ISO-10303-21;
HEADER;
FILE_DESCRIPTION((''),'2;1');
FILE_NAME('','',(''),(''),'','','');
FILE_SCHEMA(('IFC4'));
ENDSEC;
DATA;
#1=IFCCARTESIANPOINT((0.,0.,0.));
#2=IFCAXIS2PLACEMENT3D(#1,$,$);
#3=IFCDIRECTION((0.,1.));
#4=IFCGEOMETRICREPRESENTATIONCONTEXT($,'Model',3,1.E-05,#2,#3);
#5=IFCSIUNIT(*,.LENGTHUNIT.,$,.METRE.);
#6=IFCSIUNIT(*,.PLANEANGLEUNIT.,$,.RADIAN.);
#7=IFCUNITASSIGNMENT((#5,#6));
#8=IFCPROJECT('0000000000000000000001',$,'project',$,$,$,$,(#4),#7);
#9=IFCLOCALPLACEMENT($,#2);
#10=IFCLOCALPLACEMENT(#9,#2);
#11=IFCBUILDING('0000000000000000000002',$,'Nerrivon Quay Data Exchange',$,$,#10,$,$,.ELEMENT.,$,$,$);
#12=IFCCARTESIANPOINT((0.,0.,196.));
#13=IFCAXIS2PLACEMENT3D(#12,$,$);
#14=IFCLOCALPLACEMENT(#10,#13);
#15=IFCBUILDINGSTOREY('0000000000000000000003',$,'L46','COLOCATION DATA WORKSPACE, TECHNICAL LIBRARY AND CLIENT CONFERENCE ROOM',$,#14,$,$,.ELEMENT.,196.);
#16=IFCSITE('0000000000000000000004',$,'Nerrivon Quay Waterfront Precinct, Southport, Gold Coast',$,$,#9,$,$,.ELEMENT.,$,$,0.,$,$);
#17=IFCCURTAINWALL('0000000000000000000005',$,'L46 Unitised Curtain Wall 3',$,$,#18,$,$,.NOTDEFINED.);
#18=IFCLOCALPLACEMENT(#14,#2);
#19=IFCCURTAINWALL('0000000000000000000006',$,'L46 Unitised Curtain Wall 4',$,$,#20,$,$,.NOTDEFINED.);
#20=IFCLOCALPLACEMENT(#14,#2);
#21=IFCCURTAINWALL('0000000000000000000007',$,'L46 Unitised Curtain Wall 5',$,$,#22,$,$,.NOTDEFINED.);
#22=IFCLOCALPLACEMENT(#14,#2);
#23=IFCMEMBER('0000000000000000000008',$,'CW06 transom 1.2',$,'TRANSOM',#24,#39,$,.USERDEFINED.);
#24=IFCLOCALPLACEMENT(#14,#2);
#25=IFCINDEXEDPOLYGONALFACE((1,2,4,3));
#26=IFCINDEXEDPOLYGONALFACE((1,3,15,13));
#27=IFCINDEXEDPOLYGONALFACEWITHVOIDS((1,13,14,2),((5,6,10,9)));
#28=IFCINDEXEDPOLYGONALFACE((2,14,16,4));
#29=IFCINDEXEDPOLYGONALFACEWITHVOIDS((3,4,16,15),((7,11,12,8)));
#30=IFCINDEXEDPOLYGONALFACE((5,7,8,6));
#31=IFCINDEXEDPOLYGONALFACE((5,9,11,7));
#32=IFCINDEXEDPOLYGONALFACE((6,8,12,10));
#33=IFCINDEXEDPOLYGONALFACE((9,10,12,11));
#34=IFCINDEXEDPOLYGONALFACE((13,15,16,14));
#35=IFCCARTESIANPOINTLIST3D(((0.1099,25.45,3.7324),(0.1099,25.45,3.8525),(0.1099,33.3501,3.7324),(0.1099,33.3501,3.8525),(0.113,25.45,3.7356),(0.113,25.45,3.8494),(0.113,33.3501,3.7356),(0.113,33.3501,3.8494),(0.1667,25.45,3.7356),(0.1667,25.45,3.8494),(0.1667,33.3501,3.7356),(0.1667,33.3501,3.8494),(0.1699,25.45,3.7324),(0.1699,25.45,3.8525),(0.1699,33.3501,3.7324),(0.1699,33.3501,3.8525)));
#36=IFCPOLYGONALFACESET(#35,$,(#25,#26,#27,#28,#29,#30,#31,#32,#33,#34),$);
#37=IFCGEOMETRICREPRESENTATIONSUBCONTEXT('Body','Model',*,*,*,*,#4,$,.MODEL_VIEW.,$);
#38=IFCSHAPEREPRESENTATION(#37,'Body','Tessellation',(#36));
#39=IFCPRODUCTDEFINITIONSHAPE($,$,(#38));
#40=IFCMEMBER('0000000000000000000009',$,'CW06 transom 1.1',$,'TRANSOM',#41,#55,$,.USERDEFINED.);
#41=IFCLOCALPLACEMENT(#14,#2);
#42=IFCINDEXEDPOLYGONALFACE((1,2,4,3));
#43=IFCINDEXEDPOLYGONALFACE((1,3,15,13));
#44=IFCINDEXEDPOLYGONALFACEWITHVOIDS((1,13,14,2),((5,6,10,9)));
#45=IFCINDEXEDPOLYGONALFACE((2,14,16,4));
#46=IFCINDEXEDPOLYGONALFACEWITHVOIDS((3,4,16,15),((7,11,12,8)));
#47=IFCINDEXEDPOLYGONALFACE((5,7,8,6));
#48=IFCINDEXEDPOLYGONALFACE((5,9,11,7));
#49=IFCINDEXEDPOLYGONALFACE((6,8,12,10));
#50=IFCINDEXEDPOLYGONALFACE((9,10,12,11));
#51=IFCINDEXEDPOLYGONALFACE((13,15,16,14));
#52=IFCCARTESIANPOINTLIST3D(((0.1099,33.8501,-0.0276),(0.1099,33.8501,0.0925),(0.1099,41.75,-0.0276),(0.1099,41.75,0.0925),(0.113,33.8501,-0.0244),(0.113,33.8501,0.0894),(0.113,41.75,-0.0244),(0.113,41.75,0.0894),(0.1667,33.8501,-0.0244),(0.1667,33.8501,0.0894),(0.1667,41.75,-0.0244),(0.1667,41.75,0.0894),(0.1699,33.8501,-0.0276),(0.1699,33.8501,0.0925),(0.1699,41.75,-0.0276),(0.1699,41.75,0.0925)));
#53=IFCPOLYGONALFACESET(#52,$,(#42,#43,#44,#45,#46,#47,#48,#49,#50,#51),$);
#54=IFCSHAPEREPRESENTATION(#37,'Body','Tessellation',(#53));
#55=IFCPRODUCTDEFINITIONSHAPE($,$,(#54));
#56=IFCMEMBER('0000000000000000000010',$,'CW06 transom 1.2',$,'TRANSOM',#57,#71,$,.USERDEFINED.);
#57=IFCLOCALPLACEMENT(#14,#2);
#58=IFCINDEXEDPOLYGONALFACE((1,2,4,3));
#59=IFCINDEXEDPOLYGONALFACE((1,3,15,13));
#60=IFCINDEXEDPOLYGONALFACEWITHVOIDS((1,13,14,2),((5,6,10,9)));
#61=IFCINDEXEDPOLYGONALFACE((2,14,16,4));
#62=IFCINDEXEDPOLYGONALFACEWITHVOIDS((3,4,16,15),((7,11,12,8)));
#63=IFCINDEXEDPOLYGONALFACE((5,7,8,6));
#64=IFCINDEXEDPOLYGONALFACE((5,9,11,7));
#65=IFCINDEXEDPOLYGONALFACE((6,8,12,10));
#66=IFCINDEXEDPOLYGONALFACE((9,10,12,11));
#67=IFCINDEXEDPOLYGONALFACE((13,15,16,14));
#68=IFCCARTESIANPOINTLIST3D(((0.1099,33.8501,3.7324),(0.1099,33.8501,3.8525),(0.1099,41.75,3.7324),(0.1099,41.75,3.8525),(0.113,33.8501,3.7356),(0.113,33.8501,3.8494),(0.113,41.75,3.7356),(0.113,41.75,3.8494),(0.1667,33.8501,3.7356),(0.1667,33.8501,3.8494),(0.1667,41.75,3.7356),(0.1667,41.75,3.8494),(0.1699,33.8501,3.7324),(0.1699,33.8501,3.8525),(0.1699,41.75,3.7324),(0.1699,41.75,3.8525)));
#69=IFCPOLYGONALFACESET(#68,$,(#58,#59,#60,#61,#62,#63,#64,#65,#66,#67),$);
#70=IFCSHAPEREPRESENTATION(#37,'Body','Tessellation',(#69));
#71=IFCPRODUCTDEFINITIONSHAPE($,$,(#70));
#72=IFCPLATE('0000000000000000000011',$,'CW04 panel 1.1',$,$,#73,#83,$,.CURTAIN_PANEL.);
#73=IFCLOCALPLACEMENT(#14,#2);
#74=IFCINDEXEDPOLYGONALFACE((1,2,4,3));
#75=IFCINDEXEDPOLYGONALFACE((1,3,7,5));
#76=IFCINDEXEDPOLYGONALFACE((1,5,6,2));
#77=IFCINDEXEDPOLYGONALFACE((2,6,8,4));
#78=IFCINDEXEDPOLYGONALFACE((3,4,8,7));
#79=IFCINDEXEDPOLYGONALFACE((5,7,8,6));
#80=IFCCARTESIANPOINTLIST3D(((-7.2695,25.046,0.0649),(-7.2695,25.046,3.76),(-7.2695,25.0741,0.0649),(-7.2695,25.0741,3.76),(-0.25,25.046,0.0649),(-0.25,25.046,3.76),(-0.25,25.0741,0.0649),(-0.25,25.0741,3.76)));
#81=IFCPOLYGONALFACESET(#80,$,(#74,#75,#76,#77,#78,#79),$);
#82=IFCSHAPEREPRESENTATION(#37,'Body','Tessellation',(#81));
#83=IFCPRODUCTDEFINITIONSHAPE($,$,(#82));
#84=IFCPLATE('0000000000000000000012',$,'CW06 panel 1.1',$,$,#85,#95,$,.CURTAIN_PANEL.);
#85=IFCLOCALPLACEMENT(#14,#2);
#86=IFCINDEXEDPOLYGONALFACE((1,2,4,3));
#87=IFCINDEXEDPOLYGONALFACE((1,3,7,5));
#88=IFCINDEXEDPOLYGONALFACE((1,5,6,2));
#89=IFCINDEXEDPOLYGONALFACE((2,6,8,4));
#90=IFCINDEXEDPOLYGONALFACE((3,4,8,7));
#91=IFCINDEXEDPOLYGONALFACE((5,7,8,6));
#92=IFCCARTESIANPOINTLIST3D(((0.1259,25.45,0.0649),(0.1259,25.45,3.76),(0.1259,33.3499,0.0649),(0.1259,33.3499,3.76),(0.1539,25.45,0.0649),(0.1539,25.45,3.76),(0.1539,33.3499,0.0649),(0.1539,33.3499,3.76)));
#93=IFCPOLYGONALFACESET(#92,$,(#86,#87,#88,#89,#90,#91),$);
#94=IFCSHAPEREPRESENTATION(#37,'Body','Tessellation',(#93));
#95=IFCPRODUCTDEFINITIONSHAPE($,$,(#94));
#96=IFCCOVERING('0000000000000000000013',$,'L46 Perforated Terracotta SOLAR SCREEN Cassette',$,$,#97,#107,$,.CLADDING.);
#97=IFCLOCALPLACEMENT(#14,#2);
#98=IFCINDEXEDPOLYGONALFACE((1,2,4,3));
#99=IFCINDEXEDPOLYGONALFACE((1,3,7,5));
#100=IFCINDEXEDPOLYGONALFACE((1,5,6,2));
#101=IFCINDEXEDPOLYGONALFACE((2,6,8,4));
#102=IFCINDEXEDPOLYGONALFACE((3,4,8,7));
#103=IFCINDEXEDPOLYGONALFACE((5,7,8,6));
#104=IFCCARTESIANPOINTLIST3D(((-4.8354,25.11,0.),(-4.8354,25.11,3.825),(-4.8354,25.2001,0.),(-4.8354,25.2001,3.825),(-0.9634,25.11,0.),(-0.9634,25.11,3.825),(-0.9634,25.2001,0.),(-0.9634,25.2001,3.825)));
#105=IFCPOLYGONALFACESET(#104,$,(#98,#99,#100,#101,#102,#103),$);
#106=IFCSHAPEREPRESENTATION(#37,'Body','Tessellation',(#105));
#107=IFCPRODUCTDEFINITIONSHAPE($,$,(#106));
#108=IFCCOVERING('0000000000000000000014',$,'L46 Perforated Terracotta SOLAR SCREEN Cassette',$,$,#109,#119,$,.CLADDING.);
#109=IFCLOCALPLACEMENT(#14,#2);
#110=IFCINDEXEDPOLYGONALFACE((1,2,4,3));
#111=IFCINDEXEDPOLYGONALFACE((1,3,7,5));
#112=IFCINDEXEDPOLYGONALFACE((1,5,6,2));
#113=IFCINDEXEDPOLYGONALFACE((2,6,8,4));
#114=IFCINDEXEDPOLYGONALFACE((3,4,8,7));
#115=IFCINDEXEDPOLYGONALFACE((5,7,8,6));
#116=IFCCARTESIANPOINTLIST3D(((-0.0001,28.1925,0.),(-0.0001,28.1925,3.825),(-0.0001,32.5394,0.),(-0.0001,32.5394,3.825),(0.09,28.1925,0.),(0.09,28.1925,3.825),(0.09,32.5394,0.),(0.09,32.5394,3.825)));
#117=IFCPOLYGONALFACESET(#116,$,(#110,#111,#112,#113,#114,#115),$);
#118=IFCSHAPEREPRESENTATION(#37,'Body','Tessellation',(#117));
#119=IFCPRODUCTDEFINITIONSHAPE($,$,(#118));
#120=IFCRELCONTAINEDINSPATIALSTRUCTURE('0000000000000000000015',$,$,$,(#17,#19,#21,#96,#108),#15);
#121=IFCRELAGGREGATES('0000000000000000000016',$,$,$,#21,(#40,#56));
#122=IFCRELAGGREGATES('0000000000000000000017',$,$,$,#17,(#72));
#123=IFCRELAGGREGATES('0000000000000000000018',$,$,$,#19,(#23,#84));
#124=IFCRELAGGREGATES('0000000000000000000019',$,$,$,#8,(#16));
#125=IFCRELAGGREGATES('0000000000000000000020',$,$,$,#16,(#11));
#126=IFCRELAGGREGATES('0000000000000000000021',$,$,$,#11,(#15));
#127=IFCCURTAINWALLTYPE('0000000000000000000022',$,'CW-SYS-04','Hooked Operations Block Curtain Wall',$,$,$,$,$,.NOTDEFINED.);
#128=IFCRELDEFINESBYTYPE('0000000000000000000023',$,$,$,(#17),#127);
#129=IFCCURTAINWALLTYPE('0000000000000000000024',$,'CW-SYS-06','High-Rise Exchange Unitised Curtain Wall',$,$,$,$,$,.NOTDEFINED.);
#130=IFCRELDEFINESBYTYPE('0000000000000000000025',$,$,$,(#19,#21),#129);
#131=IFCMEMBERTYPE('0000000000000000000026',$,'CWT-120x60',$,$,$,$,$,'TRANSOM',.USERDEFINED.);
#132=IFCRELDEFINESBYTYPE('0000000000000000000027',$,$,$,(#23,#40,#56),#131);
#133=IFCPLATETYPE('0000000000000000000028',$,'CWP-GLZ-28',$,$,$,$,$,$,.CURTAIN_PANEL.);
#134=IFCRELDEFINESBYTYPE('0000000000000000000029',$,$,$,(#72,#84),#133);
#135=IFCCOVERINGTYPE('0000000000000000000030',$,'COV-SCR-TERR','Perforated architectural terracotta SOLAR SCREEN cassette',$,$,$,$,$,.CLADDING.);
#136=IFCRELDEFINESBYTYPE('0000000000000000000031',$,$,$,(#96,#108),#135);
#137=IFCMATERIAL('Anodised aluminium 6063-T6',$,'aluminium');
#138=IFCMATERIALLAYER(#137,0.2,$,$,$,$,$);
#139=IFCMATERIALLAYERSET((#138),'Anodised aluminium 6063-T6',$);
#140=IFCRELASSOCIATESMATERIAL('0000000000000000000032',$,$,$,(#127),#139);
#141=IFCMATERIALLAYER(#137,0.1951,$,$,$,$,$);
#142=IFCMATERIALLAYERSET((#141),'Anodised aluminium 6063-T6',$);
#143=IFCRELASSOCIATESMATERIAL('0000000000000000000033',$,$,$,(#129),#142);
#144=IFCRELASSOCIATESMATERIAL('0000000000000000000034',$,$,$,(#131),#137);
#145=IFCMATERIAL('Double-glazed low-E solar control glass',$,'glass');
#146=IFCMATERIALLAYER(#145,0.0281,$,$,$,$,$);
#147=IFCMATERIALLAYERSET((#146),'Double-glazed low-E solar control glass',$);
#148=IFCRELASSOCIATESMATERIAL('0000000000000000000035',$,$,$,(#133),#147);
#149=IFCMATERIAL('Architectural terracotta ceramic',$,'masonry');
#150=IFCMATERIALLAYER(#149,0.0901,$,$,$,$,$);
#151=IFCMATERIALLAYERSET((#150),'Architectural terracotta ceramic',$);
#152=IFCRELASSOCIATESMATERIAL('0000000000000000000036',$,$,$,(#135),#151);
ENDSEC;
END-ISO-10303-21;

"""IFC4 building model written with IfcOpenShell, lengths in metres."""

from ifc_helpers import new_model, si_unit, direction, frame, origin, origin_2d, place, context, subcontext, project, spatial, rectangle, hollow_rectangle, extrude, material, layer, layer_set, material_profile, profile_set, type_object, element, aggregate, save


model = new_model("IFC4")

# Units and contexts
model_context = context("Model", 3, precision=1e-05, world=origin(), true_north=direction((0.0, 1.0)))
body_context = subcontext(model_context, "Body", "Model", "MODEL_VIEW")
ifc_project = project(units=[si_unit("LENGTHUNIT", "METRE"), si_unit("PLANEANGLEUNIT", "RADIAN")], contexts=[model_context])

# Site, building, storey
site_placement = place(None, origin())
site = spatial("IfcSite", under=ifc_project, at=site_placement, Name="Nerrivon Quay Waterfront Precinct, Southport, Gold Coast", CompositionType="ELEMENT", RefElevation=0.0)
building_placement = place(site_placement, origin())
building = spatial("IfcBuilding", under=site, at=building_placement, Name="Nerrivon Quay Data Exchange", CompositionType="ELEMENT")
storey_placement = place(building_placement, frame((0.0, 0.0, 196.0)))
storey = spatial("IfcBuildingStorey", under=building, at=storey_placement, Name="L46", Description="COLOCATION DATA WORKSPACE, TECHNICAL LIBRARY AND CLIENT CONFERENCE ROOM", CompositionType="ELEMENT", Elevation=196.0)

# Curtain walls
ifc_material_1 = material(Name="Anodised aluminium 6063-T6", Category="aluminium")
ifc_layer_1 = layer(ifc_material_1, 0.2)
ifc_layer_set_1 = layer_set([ifc_layer_1], Name="Anodised aluminium 6063-T6")
curtain_wall_type_1 = type_object("IfcCurtainWallType", Name="CW-SYS-04", Description="Hooked Operations Block Curtain Wall", PredefinedType="NOTDEFINED", material=ifc_layer_set_1)
curtain_wall_1_placement = place(storey_placement, origin())
curtain_wall_1 = element("IfcCurtainWall", 1, at=curtain_wall_1_placement, inside=storey, type_object=curtain_wall_type_1, Name="L46 Unitised Curtain Wall 3", PredefinedType="NOTDEFINED")
ifc_layer_2 = layer(ifc_material_1, 0.1951)
ifc_layer_set_2 = layer_set([ifc_layer_2], Name="Anodised aluminium 6063-T6")
curtain_wall_type_2 = type_object("IfcCurtainWallType", Name="CW-SYS-06", Description="High-Rise Exchange Unitised Curtain Wall", PredefinedType="NOTDEFINED", material=ifc_layer_set_2)
curtain_wall_2_placement = place(storey_placement, origin())
curtain_wall_2 = element("IfcCurtainWall", 2, at=curtain_wall_2_placement, inside=storey, type_object=curtain_wall_type_2, Name="L46 Unitised Curtain Wall 4", PredefinedType="NOTDEFINED")

# Curtain wall
curtain_wall_3_placement = place(storey_placement, origin())
curtain_wall_3 = element("IfcCurtainWall", 3, at=curtain_wall_3_placement, inside=storey, type_object=curtain_wall_type_2, Name="L46 Unitised Curtain Wall 5", PredefinedType="NOTDEFINED")

# Members
ifc_material_profile_1 = material_profile(ifc_material_1, hollow_rectangle(XDim=0.0601, YDim=0.1201, WallThickness=0.0032, at=origin_2d()), Name="ALU-TRAN-120x60")
ifc_profile_set_1 = profile_set([ifc_material_profile_1], Name="Anodised aluminium 6063-T6")
member_type_1 = type_object("IfcMemberType", Name="CWT-120x60", ElementType="TRANSOM", PredefinedType="USERDEFINED", material=ifc_profile_set_1)
member_1_placement = place(storey_placement, frame((0.1399, 25.45, 3.7925), z_axis=(0.0, 1.0, 0.0), x_axis=(-1.0, 0.0, 0.0)))
member_1 = element("IfcMember", 4, at=member_1_placement, type_object=member_type_1, Name="CW06 transom 1.2", ObjectType="TRANSOM", PredefinedType="USERDEFINED", context=body_context, shape_type="SweptSolid", body=[
    extrude(hollow_rectangle(XDim=0.0601, YDim=0.1201, WallThickness=0.0032, at=origin_2d()), origin(), (0.0, 0.0, 1.0), 7.9001),
])
member_2_placement = place(storey_placement, frame((0.1399, 33.8501, 0.0325), z_axis=(0.0, 1.0, 0.0), x_axis=(-1.0, 0.0, 0.0)))
member_2 = element("IfcMember", 5, at=member_2_placement, type_object=member_type_1, Name="CW06 transom 1.1", ObjectType="TRANSOM", PredefinedType="USERDEFINED", context=body_context, shape_type="SweptSolid", body=[
    extrude(hollow_rectangle(XDim=0.0601, YDim=0.1201, WallThickness=0.0032, at=origin_2d()), origin(), (0.0, 0.0, 1.0), 7.8999),
])
member_3_placement = place(storey_placement, frame((0.1399, 33.8501, 3.7925), z_axis=(0.0, 1.0, 0.0), x_axis=(-1.0, 0.0, 0.0)))
member_3 = element("IfcMember", 6, at=member_3_placement, type_object=member_type_1, Name="CW06 transom 1.2", ObjectType="TRANSOM", PredefinedType="USERDEFINED", context=body_context, shape_type="SweptSolid", body=[
    extrude(hollow_rectangle(XDim=0.0601, YDim=0.1201, WallThickness=0.0032, at=origin_2d()), origin(), (0.0, 0.0, 1.0), 7.8999),
])
aggregate(curtain_wall_3, [member_2, member_3])

# Plates
ifc_material_2 = material(Name="Double-glazed low-E solar control glass", Category="glass")
ifc_layer_3 = layer(ifc_material_2, 0.0281)
ifc_layer_set_3 = layer_set([ifc_layer_3], Name="Double-glazed low-E solar control glass")
plate_type = type_object("IfcPlateType", Name="CWP-GLZ-28", PredefinedType="CURTAIN_PANEL", material=ifc_layer_set_3)
plate_1_placement = place(storey_placement, frame((-3.7598, 25.0601, 0.0649), z_axis=(0.0, 0.0, 1.0), x_axis=(1.0, 0.0, 0.0)))
plate_1 = element("IfcPlate", 7, at=plate_1_placement, type_object=plate_type, Name="CW04 panel 1.1", PredefinedType="CURTAIN_PANEL", context=body_context, shape_type="SweptSolid", body=[
    extrude(rectangle(XDim=7.0195, YDim=0.0281, at=origin_2d()), origin(), (0.0, 0.0, 1.0), 3.6951),
])
aggregate(curtain_wall_1, [plate_1])
plate_2_placement = place(storey_placement, frame((0.1399, 29.3999, 0.0649), z_axis=(0.0, 0.0, 1.0), x_axis=(0.0, 1.0, 0.0)))
plate_2 = element("IfcPlate", 8, at=plate_2_placement, type_object=plate_type, Name="CW06 panel 1.1", PredefinedType="CURTAIN_PANEL", context=body_context, shape_type="SweptSolid", body=[
    extrude(rectangle(XDim=7.8999, YDim=0.0281, at=origin_2d()), origin(), (0.0, 0.0, 1.0), 3.6951),
])
aggregate(curtain_wall_2, [member_1, plate_2])

# Coverings
ifc_material_3 = material(Name="Architectural terracotta ceramic", Category="masonry")
ifc_layer_4 = layer(ifc_material_3, 0.0901)
ifc_layer_set_4 = layer_set([ifc_layer_4], Name="Architectural terracotta ceramic")
covering_type = type_object("IfcCoveringType", Name="COV-SCR-TERR", Description="Perforated architectural terracotta SOLAR SCREEN cassette", PredefinedType="CLADDING", material=ifc_layer_set_4)
covering_1_placement = place(storey_placement, frame((-2.8994, 25.155, 0.0), z_axis=(0.0, 0.0, 1.0), x_axis=(1.0, 0.0, 0.0)))
element("IfcCovering", 9, at=covering_1_placement, inside=storey, type_object=covering_type, Name="L46 Perforated Terracotta SOLAR SCREEN Cassette", PredefinedType="CLADDING", context=body_context, shape_type="SweptSolid", body=[
    extrude(rectangle(XDim=3.8721, YDim=0.0901, at=origin_2d()), origin(), (0.0, 0.0, 1.0), 3.825),
])
covering_2_placement = place(storey_placement, frame((0.0449, 30.366, 0.0), z_axis=(0.0, 0.0, 1.0), x_axis=(0.0, 1.0, 0.0)))
element("IfcCovering", 10, at=covering_2_placement, inside=storey, type_object=covering_type, Name="L46 Perforated Terracotta SOLAR SCREEN Cassette", PredefinedType="CLADDING", context=body_context, shape_type="SweptSolid", body=[
    extrude(rectangle(XDim=4.3469, YDim=0.0901, at=origin_2d()), origin(), (0.0, 0.0, 1.0), 3.825),
])

save(model, "model.ifc")
